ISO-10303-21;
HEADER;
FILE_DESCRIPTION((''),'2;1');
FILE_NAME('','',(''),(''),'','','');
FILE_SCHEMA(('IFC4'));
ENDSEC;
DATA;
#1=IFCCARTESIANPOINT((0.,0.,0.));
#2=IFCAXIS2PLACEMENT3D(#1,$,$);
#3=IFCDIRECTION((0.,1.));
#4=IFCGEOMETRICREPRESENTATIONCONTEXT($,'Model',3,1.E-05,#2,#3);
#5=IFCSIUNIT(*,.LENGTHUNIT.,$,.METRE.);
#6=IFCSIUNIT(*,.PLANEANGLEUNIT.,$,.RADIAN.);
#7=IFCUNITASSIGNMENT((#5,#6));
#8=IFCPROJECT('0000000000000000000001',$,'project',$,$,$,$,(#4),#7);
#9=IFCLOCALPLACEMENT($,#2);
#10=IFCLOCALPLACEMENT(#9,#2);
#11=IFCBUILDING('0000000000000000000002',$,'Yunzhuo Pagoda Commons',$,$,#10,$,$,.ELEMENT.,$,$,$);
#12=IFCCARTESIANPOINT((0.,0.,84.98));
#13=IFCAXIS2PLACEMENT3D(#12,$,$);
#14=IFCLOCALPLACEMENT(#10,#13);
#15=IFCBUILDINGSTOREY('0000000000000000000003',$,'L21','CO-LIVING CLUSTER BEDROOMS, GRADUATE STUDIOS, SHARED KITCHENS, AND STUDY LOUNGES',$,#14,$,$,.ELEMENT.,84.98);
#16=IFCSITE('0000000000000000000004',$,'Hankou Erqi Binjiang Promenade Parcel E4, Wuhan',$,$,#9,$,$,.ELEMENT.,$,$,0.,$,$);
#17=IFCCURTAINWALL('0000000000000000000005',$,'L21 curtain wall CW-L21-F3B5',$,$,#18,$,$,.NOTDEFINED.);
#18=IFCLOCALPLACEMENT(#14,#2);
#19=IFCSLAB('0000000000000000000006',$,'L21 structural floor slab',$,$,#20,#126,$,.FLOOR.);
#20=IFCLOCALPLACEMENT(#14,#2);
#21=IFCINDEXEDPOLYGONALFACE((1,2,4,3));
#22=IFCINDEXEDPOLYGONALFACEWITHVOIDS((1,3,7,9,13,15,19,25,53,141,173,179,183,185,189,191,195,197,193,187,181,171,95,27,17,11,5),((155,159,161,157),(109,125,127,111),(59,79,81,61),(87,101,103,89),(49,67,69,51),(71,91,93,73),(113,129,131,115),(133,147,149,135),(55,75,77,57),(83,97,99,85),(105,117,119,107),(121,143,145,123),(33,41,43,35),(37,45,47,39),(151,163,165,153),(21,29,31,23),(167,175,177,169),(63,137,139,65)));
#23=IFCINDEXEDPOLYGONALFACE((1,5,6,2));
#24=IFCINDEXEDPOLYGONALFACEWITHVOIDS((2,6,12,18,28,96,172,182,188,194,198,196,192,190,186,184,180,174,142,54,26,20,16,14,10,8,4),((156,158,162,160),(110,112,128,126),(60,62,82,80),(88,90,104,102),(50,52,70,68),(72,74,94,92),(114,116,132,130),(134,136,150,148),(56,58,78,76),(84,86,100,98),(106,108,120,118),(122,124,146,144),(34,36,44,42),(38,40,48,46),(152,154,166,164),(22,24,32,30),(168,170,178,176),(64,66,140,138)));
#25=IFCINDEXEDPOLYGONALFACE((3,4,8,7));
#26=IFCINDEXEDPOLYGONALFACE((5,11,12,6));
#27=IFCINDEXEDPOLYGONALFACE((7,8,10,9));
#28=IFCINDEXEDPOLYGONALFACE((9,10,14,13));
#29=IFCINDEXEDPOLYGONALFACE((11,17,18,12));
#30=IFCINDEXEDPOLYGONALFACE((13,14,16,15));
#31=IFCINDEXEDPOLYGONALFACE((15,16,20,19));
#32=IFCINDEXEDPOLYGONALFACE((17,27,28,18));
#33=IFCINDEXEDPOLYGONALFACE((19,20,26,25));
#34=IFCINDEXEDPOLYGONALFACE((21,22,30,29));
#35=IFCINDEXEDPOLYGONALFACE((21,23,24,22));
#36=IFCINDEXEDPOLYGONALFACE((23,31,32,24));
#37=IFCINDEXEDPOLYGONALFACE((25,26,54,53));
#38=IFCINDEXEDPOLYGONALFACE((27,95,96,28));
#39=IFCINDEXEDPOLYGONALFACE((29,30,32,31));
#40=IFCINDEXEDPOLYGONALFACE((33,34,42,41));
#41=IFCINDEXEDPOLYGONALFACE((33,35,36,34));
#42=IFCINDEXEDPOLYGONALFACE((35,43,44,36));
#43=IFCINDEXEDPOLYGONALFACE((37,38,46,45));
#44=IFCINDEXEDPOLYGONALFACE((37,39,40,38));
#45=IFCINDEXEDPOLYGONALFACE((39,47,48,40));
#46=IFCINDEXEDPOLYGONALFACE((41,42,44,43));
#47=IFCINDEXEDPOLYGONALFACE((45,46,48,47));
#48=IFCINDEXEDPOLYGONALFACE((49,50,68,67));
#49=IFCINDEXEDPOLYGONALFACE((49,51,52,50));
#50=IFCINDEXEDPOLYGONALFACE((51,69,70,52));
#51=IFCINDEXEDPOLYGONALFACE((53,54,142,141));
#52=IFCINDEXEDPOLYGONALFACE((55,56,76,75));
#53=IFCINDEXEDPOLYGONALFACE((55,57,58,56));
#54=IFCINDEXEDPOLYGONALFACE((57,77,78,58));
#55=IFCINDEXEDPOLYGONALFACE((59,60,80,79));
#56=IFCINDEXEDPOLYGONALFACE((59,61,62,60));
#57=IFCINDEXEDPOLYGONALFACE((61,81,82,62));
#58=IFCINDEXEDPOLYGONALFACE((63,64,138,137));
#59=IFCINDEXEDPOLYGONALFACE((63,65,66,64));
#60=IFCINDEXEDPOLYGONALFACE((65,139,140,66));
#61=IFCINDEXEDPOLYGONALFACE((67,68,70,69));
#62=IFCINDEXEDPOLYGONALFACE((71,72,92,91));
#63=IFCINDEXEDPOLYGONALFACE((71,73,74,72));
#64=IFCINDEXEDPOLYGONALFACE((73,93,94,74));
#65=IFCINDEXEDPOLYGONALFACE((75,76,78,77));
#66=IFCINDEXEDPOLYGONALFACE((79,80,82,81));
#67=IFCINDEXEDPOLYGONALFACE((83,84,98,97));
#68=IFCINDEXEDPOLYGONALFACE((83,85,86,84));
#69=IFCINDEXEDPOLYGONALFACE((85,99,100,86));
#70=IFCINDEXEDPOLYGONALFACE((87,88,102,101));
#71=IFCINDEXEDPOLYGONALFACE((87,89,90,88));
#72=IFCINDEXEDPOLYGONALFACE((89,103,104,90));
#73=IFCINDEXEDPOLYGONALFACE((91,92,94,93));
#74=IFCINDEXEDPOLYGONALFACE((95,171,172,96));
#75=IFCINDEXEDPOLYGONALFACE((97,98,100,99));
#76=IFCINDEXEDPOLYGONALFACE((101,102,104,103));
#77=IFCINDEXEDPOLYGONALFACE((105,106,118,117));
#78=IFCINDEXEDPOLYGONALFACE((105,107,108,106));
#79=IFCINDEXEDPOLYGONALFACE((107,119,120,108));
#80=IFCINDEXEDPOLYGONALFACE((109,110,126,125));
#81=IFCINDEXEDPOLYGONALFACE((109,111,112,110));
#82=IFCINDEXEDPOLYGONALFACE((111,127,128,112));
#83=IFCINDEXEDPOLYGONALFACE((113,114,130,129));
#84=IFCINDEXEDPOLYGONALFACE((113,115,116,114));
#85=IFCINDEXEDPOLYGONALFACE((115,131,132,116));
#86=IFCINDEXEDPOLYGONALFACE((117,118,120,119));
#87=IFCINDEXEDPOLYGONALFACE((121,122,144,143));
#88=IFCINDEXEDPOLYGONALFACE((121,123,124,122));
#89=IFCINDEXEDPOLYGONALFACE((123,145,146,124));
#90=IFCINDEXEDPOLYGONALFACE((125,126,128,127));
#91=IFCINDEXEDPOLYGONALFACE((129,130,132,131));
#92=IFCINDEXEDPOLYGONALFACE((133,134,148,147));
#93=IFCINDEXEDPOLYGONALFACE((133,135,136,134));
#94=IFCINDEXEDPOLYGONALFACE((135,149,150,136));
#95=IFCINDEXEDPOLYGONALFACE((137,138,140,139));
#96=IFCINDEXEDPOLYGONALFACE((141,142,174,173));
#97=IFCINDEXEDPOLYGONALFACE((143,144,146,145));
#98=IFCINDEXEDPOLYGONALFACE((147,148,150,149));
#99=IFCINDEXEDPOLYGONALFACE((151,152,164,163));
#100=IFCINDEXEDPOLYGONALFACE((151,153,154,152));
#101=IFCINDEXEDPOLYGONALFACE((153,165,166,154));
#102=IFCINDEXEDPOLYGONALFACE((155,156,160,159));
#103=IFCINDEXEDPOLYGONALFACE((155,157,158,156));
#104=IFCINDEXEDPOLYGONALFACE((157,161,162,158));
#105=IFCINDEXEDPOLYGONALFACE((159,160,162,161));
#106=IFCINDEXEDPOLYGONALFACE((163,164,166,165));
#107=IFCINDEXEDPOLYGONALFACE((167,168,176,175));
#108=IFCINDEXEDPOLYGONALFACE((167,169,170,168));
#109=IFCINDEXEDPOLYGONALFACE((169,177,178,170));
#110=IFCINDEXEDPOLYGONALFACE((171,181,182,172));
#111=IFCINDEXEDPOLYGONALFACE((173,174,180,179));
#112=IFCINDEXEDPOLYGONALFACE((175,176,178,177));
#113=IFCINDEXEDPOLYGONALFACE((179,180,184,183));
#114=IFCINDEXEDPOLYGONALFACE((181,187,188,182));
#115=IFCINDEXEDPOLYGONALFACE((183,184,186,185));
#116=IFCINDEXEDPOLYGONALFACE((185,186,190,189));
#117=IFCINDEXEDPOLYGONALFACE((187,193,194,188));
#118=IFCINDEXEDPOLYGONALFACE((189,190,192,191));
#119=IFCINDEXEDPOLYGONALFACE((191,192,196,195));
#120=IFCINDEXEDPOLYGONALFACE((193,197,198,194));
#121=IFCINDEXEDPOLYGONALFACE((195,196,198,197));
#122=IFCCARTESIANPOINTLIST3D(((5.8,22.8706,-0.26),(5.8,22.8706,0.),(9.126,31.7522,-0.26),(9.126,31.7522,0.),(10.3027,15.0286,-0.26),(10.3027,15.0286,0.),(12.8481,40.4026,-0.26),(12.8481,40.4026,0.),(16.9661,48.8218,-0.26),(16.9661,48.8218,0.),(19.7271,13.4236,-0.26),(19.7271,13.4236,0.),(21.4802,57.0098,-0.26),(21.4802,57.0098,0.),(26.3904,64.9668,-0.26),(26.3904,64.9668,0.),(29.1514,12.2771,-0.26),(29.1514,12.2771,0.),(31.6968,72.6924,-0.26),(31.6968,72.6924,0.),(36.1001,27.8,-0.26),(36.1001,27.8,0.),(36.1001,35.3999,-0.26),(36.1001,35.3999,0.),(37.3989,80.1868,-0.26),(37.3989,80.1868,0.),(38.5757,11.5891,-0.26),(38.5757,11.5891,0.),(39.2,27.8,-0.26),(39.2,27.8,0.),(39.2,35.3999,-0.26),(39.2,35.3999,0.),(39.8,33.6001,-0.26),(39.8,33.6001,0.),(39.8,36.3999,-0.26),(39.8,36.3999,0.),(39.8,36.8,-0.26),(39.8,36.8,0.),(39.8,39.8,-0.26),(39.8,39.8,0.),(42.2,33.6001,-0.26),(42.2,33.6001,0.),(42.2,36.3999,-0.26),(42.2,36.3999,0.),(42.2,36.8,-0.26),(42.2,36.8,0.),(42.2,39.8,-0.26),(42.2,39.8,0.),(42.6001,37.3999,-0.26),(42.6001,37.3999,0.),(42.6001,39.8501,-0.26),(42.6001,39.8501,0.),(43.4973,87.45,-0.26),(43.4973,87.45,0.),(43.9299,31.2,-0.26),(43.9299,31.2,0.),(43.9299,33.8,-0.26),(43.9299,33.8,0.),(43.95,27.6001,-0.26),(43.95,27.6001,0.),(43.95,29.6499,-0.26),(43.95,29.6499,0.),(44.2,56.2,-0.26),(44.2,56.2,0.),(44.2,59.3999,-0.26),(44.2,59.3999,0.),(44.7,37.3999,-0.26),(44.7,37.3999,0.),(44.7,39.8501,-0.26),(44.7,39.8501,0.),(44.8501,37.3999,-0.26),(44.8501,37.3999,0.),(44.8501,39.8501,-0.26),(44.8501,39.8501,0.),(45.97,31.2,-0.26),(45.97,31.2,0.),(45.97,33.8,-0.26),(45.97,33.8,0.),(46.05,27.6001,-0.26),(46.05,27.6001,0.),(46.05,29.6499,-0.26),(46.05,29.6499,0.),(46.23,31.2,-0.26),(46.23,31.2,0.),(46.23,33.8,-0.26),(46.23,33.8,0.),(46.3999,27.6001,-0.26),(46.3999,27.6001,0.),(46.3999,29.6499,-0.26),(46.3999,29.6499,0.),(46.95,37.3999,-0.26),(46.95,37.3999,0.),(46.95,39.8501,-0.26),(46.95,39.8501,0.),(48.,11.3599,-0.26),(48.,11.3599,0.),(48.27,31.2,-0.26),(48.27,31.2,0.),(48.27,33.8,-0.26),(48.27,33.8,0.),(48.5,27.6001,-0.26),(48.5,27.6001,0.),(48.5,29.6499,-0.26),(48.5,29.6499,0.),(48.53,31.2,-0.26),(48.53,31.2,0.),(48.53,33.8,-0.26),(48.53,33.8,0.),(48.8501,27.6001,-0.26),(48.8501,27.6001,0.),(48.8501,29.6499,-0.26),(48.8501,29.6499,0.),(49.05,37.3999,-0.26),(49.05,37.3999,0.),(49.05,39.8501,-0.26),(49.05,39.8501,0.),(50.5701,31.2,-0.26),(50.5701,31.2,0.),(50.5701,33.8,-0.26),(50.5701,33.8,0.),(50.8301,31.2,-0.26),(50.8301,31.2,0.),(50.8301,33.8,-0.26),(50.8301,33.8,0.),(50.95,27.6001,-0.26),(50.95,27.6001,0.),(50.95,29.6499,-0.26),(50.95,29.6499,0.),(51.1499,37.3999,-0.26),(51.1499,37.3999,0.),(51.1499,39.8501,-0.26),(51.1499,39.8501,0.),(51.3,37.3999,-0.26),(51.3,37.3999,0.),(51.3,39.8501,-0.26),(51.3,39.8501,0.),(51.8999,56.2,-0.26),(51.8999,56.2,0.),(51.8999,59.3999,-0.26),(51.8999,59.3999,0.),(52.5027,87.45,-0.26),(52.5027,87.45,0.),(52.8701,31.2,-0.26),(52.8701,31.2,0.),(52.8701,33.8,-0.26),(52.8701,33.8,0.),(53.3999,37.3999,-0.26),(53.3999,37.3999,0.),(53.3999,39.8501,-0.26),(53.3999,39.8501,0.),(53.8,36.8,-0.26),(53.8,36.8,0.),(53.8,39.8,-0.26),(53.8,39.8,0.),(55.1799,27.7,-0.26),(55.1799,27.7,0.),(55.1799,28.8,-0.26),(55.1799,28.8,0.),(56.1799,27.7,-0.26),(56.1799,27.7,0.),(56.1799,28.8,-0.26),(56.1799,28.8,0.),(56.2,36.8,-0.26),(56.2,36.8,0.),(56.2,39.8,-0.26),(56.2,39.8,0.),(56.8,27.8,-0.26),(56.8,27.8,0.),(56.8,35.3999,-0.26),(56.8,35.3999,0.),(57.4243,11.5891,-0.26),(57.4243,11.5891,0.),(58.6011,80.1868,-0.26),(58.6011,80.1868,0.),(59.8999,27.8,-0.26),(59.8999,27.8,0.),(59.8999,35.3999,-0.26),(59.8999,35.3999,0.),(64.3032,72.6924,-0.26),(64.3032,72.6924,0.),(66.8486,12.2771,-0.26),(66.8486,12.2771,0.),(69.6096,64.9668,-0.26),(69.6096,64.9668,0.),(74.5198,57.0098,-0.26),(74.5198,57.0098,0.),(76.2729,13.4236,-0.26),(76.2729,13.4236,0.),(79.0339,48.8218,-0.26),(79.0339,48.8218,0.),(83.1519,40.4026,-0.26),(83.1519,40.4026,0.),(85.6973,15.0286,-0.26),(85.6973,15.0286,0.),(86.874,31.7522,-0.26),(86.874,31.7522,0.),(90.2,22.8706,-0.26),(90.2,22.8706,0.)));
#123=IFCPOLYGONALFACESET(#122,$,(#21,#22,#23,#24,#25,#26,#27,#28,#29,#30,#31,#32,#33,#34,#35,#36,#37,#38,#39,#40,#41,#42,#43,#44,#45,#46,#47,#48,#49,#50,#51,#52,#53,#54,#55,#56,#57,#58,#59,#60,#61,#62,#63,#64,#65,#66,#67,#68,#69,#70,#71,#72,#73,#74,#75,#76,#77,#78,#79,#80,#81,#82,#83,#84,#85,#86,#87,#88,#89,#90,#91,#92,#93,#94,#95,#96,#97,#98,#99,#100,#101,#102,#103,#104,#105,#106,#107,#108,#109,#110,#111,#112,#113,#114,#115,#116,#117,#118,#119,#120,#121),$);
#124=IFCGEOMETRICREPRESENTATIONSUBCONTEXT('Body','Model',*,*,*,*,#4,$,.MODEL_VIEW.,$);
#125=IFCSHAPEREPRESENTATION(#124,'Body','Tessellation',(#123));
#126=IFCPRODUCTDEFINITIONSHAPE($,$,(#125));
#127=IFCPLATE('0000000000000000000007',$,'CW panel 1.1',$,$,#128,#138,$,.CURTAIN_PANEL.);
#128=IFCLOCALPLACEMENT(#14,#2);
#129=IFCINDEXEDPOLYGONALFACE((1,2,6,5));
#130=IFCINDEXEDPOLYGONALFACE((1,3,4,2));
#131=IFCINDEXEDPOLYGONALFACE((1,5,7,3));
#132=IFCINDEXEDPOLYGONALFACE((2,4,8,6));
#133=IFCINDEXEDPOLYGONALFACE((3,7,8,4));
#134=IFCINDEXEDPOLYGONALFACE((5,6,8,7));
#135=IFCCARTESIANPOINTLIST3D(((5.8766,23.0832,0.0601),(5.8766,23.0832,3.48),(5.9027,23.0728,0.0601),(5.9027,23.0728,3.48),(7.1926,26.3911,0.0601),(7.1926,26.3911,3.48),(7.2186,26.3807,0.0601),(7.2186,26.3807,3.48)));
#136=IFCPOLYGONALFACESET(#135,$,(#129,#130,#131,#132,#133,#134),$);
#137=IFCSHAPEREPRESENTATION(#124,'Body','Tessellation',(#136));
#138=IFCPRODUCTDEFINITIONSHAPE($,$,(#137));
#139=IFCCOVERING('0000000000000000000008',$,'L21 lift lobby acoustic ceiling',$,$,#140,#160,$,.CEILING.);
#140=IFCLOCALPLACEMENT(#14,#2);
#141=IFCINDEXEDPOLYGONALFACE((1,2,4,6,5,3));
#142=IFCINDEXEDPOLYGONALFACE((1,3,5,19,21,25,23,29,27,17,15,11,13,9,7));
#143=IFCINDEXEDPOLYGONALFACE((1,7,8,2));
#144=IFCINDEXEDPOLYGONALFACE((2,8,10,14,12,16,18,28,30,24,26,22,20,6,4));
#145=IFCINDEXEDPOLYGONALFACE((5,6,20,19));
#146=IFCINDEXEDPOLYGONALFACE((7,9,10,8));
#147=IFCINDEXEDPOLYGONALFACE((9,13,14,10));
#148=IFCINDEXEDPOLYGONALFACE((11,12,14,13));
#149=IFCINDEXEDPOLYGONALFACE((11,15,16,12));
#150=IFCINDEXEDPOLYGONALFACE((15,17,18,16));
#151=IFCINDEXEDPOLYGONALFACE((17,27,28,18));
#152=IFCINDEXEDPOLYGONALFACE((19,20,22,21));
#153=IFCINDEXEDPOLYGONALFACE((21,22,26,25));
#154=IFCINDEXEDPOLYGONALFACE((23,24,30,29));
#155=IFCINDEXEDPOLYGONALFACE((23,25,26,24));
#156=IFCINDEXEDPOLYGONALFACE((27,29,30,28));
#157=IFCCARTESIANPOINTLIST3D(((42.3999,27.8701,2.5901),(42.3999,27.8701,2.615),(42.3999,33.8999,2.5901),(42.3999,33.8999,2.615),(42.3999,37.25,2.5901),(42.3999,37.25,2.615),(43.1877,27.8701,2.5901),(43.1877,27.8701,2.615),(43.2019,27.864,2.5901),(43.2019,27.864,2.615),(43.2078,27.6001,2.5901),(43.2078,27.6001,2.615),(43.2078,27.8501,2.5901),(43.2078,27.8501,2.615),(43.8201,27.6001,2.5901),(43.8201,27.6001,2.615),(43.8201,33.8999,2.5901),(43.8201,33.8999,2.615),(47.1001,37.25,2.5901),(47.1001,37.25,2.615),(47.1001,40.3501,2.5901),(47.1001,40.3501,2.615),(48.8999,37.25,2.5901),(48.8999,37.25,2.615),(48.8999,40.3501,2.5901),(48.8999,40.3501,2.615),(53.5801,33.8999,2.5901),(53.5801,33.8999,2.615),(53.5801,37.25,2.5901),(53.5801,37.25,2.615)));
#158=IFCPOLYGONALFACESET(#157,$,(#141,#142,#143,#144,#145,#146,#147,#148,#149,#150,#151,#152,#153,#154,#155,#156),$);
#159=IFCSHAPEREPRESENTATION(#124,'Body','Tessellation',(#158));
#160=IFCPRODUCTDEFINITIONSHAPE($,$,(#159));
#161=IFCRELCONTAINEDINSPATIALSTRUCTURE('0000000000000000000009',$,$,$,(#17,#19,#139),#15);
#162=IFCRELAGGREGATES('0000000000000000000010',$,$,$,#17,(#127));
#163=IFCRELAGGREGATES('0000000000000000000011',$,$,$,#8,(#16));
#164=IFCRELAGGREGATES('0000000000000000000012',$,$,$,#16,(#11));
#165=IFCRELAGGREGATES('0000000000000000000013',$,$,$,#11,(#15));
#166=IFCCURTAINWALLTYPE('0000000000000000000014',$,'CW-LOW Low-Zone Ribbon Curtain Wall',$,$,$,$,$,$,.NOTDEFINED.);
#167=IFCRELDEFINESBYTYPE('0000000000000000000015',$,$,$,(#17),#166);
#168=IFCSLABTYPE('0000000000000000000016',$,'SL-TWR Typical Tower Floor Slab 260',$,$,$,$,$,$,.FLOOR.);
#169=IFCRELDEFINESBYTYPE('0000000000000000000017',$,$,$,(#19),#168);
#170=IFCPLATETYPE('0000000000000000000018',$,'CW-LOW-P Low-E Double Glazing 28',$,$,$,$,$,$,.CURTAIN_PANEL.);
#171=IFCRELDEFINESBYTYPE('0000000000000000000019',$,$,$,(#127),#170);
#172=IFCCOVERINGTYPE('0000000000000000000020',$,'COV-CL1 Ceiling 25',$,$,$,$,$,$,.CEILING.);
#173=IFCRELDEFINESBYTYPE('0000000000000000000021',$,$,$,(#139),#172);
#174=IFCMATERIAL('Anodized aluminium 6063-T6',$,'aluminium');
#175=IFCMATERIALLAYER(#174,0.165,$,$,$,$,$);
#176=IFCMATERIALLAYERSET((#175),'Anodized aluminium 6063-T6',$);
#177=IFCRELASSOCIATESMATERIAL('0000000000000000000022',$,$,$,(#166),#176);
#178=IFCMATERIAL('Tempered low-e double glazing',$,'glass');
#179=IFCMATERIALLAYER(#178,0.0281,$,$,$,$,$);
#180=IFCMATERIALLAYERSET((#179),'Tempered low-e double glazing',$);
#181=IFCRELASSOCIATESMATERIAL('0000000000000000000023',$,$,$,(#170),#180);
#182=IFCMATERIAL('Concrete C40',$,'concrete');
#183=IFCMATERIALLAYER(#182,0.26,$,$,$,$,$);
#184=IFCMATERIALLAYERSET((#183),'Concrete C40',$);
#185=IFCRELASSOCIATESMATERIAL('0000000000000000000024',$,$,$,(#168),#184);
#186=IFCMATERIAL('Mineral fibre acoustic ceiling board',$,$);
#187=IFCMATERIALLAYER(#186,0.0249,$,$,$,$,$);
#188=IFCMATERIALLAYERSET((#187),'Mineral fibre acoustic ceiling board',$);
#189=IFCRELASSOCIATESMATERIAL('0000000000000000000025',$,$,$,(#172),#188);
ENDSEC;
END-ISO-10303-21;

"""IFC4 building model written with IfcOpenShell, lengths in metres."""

from ifc_helpers import new_model, si_unit, direction, frame, origin, origin_2d, place, context, subcontext, project, spatial, polyline, rectangle, outline, extrude, source, transform, mapped, material, layer, layer_set, type_object, element, aggregate, save


model = new_model("IFC4")

# Units and contexts
model_context = context("Model", 3, precision=1e-05, world=origin(), true_north=direction((0.0, 1.0)))
body_context = subcontext(model_context, "Body", "Model", "MODEL_VIEW")
ifc_project = project(units=[si_unit("LENGTHUNIT", "METRE"), si_unit("PLANEANGLEUNIT", "RADIAN")], contexts=[model_context])

# Site, building, storey
site_placement = place(None, origin())
site = spatial("IfcSite", under=ifc_project, at=site_placement, Name="Hankou Erqi Binjiang Promenade Parcel E4, Wuhan", CompositionType="ELEMENT", RefElevation=0.0)
building_placement = place(site_placement, origin())
building = spatial("IfcBuilding", under=site, at=building_placement, Name="Yunzhuo Pagoda Commons", CompositionType="ELEMENT")
storey_placement = place(building_placement, frame((0.0, 0.0, 84.98)))
storey = spatial("IfcBuildingStorey", under=building, at=storey_placement, Name="L21", Description="CO-LIVING CLUSTER BEDROOMS, GRADUATE STUDIOS, SHARED KITCHENS, AND STUDY LOUNGES", CompositionType="ELEMENT", Elevation=84.98)

# Shared definitions
ifc_material_1 = material(Name="Anodized aluminium 6063-T6", Category="aluminium")
ifc_layer_1 = layer(ifc_material_1, 0.165)
ifc_layer_set_1 = layer_set([ifc_layer_1], Name="Anodized aluminium 6063-T6")
curtain_wall_type = type_object("IfcCurtainWallType", Name="CW-LOW Low-Zone Ribbon Curtain Wall", PredefinedType="NOTDEFINED", material=ifc_layer_set_1)

# Curtain wall
curtain_wall_1_placement = place(storey_placement, origin())
curtain_wall_1 = element("IfcCurtainWall", 1, at=curtain_wall_1_placement, inside=storey, type_object=curtain_wall_type, Name="L21 curtain wall CW-L21-F3B5", PredefinedType="NOTDEFINED")

# Shared definitions
ifc_material_2 = material(Name="Tempered low-e double glazing", Category="glass")
ifc_layer_2 = layer(ifc_material_2, 0.0281)
ifc_layer_set_2 = layer_set([ifc_layer_2], Name="Tempered low-e double glazing")
plate_type = type_object("IfcPlateType", Name="CW-LOW-P Low-E Double Glazing 28", PredefinedType="CURTAIN_PANEL", material=ifc_layer_set_2)

# Shared definitions
ifc_material_3 = material(Name="Concrete C40", Category="concrete")

# Slab
ifc_layer_3 = layer(ifc_material_3, 0.26)
ifc_layer_set_3 = layer_set([ifc_layer_3], Name="Concrete C40")
slab_type_1 = type_object("IfcSlabType", Name="SL-TWR Typical Tower Floor Slab 260", PredefinedType="FLOOR", material=ifc_layer_set_3)
slab_1_placement = place(storey_placement, frame((0.0, 0.0, -0.26)))
element("IfcSlab", 2, at=slab_1_placement, inside=storey, type_object=slab_type_1, Name="L21 structural floor slab", PredefinedType="FLOOR", context=body_context, shape_type="SweptSolid", body=[
    extrude(outline(polyline([(9.126, 31.7522), (12.8481, 40.4026), (16.9661, 48.8218), (21.4802, 57.0098), (26.3904, 64.9668), (31.6968, 72.6924), (37.3989, 80.1868), (43.4973, 87.45), (52.5027, 87.45), (58.6011, 80.1868), (64.3032, 72.6924), (69.6096, 64.9668), (74.5198, 57.0098), (79.0339, 48.8218), (83.1519, 40.4026), (86.874, 31.7522), (90.2, 22.8706), (85.6973, 15.0286), (76.2729, 13.4236), (66.8486, 12.2771), (57.4243, 11.5891), (48.0, 11.3599), (38.5757, 11.5891), (29.1514, 12.2771), (19.7271, 13.4236), (10.3027, 15.0286), (5.8, 22.8706), (9.126, 31.7522)]), holes=[polyline([(46.05, 27.6001), (46.05, 29.6499), (43.95, 29.6499), (43.95, 27.6001), (46.05, 27.6001)]), polyline([(48.5, 27.6001), (48.5, 29.6499), (46.3999, 29.6499), (46.3999, 27.6001), (48.5, 27.6001)]), polyline([(36.1001, 27.8), (39.2, 27.8), (39.2, 35.3999), (36.1001, 35.3999), (36.1001, 27.8)]), polyline([(45.97, 31.2), (45.97, 33.8), (43.9299, 33.8), (43.9299, 31.2), (45.97, 31.2)]), polyline([(48.27, 31.2), (48.27, 33.8), (46.23, 33.8), (46.23, 31.2), (48.27, 31.2)]), polyline([(42.2, 33.6001), (42.2, 36.3999), (39.8, 36.3999), (39.8, 33.6001), (42.2, 33.6001)]), polyline([(42.2, 36.8), (42.2, 39.8), (39.8, 39.8), (39.8, 36.8), (42.2, 36.8)]), polyline([(42.6001, 37.3999), (44.7, 37.3999), (44.7, 39.8501), (42.6001, 39.8501), (42.6001, 37.3999)]), polyline([(44.8501, 37.3999), (46.95, 37.3999), (46.95, 39.8501), (44.8501, 39.8501), (44.8501, 37.3999)]), polyline([(56.1799, 27.7), (56.1799, 28.8), (55.1799, 28.8), (55.1799, 27.7), (56.1799, 27.7)]), polyline([(50.95, 27.6001), (50.95, 29.6499), (48.8501, 29.6499), (48.8501, 27.6001), (50.95, 27.6001)]), polyline([(56.8, 27.8), (59.8999, 27.8), (59.8999, 35.3999), (56.8, 35.3999), (56.8, 27.8)]), polyline([(50.5701, 31.2), (50.5701, 33.8), (48.53, 33.8), (48.53, 31.2), (50.5701, 31.2)]), polyline([(52.8701, 31.2), (52.8701, 33.8), (50.8301, 33.8), (50.8301, 31.2), (52.8701, 31.2)]), polyline([(56.2, 36.8), (56.2, 39.8), (53.8, 39.8), (53.8, 36.8), (56.2, 36.8)]), polyline([(51.1499, 37.3999), (51.1499, 39.8501), (49.05, 39.8501), (49.05, 37.3999), (51.1499, 37.3999)]), polyline([(51.3, 37.3999), (53.3999, 37.3999), (53.3999, 39.8501), (51.3, 39.8501), (51.3, 37.3999)]), polyline([(44.2, 56.2), (51.8999, 56.2), (51.8999, 59.3999), (44.2, 59.3999), (44.2, 56.2)])]), origin(), (0.0, 0.0, 1.0), 0.26),
])

# Plate
shared_shape_1 = source(origin(), body_context, "Body", "SweptSolid", [
    extrude(rectangle(XDim=3.5601, YDim=0.0281, at=origin_2d()), origin(), (0.0, 0.0, 1.0), 3.4199),
])
plate_1_placement = place(storey_placement, frame((6.5476, 24.7319, 0.0601), z_axis=(0.0, 0.0, 1.0), x_axis=(-0.369652, -0.92917, 0.0)))
plate_1 = element("IfcPlate", 3, at=plate_1_placement, type_object=plate_type, Name="CW panel 1.1", PredefinedType="CURTAIN_PANEL", context=body_context, shape_type="MappedRepresentation", body=[
    mapped(shared_shape_1, transform((0.0, 0.0, 0.0), scale=1.0)),
])
aggregate(curtain_wall_1, [plate_1])

# Covering
ifc_material_4 = material(Name="Mineral fibre acoustic ceiling board")
ifc_layer_4 = layer(ifc_material_4, 0.0249)
ifc_layer_set_4 = layer_set([ifc_layer_4], Name="Mineral fibre acoustic ceiling board")
covering_type_1 = type_object("IfcCoveringType", Name="COV-CL1 Ceiling 25", PredefinedType="CEILING", material=ifc_layer_set_4)
covering_1_placement = place(storey_placement, frame((0.0, 0.0, 2.5901)))
element("IfcCovering", 4, at=covering_1_placement, inside=storey, type_object=covering_type_1, Name="L21 lift lobby acoustic ceiling", PredefinedType="CEILING", context=body_context, shape_type="SweptSolid", body=[
    extrude(outline(polyline([(43.2078, 27.8501), (43.2019, 27.864), (43.1877, 27.8701), (42.3999, 27.8701), (42.3999, 33.8999), (42.3999, 37.25), (47.1001, 37.25), (47.1001, 40.3501), (48.8999, 40.3501), (48.8999, 37.25), (53.5801, 37.25), (53.5801, 33.8999), (43.8201, 33.8999), (43.8201, 27.6001), (43.2078, 27.6001), (43.2078, 27.8501)])), origin(), (0.0, 0.0, 1.0), 0.0249),
])

save(model, "model.ifc")
